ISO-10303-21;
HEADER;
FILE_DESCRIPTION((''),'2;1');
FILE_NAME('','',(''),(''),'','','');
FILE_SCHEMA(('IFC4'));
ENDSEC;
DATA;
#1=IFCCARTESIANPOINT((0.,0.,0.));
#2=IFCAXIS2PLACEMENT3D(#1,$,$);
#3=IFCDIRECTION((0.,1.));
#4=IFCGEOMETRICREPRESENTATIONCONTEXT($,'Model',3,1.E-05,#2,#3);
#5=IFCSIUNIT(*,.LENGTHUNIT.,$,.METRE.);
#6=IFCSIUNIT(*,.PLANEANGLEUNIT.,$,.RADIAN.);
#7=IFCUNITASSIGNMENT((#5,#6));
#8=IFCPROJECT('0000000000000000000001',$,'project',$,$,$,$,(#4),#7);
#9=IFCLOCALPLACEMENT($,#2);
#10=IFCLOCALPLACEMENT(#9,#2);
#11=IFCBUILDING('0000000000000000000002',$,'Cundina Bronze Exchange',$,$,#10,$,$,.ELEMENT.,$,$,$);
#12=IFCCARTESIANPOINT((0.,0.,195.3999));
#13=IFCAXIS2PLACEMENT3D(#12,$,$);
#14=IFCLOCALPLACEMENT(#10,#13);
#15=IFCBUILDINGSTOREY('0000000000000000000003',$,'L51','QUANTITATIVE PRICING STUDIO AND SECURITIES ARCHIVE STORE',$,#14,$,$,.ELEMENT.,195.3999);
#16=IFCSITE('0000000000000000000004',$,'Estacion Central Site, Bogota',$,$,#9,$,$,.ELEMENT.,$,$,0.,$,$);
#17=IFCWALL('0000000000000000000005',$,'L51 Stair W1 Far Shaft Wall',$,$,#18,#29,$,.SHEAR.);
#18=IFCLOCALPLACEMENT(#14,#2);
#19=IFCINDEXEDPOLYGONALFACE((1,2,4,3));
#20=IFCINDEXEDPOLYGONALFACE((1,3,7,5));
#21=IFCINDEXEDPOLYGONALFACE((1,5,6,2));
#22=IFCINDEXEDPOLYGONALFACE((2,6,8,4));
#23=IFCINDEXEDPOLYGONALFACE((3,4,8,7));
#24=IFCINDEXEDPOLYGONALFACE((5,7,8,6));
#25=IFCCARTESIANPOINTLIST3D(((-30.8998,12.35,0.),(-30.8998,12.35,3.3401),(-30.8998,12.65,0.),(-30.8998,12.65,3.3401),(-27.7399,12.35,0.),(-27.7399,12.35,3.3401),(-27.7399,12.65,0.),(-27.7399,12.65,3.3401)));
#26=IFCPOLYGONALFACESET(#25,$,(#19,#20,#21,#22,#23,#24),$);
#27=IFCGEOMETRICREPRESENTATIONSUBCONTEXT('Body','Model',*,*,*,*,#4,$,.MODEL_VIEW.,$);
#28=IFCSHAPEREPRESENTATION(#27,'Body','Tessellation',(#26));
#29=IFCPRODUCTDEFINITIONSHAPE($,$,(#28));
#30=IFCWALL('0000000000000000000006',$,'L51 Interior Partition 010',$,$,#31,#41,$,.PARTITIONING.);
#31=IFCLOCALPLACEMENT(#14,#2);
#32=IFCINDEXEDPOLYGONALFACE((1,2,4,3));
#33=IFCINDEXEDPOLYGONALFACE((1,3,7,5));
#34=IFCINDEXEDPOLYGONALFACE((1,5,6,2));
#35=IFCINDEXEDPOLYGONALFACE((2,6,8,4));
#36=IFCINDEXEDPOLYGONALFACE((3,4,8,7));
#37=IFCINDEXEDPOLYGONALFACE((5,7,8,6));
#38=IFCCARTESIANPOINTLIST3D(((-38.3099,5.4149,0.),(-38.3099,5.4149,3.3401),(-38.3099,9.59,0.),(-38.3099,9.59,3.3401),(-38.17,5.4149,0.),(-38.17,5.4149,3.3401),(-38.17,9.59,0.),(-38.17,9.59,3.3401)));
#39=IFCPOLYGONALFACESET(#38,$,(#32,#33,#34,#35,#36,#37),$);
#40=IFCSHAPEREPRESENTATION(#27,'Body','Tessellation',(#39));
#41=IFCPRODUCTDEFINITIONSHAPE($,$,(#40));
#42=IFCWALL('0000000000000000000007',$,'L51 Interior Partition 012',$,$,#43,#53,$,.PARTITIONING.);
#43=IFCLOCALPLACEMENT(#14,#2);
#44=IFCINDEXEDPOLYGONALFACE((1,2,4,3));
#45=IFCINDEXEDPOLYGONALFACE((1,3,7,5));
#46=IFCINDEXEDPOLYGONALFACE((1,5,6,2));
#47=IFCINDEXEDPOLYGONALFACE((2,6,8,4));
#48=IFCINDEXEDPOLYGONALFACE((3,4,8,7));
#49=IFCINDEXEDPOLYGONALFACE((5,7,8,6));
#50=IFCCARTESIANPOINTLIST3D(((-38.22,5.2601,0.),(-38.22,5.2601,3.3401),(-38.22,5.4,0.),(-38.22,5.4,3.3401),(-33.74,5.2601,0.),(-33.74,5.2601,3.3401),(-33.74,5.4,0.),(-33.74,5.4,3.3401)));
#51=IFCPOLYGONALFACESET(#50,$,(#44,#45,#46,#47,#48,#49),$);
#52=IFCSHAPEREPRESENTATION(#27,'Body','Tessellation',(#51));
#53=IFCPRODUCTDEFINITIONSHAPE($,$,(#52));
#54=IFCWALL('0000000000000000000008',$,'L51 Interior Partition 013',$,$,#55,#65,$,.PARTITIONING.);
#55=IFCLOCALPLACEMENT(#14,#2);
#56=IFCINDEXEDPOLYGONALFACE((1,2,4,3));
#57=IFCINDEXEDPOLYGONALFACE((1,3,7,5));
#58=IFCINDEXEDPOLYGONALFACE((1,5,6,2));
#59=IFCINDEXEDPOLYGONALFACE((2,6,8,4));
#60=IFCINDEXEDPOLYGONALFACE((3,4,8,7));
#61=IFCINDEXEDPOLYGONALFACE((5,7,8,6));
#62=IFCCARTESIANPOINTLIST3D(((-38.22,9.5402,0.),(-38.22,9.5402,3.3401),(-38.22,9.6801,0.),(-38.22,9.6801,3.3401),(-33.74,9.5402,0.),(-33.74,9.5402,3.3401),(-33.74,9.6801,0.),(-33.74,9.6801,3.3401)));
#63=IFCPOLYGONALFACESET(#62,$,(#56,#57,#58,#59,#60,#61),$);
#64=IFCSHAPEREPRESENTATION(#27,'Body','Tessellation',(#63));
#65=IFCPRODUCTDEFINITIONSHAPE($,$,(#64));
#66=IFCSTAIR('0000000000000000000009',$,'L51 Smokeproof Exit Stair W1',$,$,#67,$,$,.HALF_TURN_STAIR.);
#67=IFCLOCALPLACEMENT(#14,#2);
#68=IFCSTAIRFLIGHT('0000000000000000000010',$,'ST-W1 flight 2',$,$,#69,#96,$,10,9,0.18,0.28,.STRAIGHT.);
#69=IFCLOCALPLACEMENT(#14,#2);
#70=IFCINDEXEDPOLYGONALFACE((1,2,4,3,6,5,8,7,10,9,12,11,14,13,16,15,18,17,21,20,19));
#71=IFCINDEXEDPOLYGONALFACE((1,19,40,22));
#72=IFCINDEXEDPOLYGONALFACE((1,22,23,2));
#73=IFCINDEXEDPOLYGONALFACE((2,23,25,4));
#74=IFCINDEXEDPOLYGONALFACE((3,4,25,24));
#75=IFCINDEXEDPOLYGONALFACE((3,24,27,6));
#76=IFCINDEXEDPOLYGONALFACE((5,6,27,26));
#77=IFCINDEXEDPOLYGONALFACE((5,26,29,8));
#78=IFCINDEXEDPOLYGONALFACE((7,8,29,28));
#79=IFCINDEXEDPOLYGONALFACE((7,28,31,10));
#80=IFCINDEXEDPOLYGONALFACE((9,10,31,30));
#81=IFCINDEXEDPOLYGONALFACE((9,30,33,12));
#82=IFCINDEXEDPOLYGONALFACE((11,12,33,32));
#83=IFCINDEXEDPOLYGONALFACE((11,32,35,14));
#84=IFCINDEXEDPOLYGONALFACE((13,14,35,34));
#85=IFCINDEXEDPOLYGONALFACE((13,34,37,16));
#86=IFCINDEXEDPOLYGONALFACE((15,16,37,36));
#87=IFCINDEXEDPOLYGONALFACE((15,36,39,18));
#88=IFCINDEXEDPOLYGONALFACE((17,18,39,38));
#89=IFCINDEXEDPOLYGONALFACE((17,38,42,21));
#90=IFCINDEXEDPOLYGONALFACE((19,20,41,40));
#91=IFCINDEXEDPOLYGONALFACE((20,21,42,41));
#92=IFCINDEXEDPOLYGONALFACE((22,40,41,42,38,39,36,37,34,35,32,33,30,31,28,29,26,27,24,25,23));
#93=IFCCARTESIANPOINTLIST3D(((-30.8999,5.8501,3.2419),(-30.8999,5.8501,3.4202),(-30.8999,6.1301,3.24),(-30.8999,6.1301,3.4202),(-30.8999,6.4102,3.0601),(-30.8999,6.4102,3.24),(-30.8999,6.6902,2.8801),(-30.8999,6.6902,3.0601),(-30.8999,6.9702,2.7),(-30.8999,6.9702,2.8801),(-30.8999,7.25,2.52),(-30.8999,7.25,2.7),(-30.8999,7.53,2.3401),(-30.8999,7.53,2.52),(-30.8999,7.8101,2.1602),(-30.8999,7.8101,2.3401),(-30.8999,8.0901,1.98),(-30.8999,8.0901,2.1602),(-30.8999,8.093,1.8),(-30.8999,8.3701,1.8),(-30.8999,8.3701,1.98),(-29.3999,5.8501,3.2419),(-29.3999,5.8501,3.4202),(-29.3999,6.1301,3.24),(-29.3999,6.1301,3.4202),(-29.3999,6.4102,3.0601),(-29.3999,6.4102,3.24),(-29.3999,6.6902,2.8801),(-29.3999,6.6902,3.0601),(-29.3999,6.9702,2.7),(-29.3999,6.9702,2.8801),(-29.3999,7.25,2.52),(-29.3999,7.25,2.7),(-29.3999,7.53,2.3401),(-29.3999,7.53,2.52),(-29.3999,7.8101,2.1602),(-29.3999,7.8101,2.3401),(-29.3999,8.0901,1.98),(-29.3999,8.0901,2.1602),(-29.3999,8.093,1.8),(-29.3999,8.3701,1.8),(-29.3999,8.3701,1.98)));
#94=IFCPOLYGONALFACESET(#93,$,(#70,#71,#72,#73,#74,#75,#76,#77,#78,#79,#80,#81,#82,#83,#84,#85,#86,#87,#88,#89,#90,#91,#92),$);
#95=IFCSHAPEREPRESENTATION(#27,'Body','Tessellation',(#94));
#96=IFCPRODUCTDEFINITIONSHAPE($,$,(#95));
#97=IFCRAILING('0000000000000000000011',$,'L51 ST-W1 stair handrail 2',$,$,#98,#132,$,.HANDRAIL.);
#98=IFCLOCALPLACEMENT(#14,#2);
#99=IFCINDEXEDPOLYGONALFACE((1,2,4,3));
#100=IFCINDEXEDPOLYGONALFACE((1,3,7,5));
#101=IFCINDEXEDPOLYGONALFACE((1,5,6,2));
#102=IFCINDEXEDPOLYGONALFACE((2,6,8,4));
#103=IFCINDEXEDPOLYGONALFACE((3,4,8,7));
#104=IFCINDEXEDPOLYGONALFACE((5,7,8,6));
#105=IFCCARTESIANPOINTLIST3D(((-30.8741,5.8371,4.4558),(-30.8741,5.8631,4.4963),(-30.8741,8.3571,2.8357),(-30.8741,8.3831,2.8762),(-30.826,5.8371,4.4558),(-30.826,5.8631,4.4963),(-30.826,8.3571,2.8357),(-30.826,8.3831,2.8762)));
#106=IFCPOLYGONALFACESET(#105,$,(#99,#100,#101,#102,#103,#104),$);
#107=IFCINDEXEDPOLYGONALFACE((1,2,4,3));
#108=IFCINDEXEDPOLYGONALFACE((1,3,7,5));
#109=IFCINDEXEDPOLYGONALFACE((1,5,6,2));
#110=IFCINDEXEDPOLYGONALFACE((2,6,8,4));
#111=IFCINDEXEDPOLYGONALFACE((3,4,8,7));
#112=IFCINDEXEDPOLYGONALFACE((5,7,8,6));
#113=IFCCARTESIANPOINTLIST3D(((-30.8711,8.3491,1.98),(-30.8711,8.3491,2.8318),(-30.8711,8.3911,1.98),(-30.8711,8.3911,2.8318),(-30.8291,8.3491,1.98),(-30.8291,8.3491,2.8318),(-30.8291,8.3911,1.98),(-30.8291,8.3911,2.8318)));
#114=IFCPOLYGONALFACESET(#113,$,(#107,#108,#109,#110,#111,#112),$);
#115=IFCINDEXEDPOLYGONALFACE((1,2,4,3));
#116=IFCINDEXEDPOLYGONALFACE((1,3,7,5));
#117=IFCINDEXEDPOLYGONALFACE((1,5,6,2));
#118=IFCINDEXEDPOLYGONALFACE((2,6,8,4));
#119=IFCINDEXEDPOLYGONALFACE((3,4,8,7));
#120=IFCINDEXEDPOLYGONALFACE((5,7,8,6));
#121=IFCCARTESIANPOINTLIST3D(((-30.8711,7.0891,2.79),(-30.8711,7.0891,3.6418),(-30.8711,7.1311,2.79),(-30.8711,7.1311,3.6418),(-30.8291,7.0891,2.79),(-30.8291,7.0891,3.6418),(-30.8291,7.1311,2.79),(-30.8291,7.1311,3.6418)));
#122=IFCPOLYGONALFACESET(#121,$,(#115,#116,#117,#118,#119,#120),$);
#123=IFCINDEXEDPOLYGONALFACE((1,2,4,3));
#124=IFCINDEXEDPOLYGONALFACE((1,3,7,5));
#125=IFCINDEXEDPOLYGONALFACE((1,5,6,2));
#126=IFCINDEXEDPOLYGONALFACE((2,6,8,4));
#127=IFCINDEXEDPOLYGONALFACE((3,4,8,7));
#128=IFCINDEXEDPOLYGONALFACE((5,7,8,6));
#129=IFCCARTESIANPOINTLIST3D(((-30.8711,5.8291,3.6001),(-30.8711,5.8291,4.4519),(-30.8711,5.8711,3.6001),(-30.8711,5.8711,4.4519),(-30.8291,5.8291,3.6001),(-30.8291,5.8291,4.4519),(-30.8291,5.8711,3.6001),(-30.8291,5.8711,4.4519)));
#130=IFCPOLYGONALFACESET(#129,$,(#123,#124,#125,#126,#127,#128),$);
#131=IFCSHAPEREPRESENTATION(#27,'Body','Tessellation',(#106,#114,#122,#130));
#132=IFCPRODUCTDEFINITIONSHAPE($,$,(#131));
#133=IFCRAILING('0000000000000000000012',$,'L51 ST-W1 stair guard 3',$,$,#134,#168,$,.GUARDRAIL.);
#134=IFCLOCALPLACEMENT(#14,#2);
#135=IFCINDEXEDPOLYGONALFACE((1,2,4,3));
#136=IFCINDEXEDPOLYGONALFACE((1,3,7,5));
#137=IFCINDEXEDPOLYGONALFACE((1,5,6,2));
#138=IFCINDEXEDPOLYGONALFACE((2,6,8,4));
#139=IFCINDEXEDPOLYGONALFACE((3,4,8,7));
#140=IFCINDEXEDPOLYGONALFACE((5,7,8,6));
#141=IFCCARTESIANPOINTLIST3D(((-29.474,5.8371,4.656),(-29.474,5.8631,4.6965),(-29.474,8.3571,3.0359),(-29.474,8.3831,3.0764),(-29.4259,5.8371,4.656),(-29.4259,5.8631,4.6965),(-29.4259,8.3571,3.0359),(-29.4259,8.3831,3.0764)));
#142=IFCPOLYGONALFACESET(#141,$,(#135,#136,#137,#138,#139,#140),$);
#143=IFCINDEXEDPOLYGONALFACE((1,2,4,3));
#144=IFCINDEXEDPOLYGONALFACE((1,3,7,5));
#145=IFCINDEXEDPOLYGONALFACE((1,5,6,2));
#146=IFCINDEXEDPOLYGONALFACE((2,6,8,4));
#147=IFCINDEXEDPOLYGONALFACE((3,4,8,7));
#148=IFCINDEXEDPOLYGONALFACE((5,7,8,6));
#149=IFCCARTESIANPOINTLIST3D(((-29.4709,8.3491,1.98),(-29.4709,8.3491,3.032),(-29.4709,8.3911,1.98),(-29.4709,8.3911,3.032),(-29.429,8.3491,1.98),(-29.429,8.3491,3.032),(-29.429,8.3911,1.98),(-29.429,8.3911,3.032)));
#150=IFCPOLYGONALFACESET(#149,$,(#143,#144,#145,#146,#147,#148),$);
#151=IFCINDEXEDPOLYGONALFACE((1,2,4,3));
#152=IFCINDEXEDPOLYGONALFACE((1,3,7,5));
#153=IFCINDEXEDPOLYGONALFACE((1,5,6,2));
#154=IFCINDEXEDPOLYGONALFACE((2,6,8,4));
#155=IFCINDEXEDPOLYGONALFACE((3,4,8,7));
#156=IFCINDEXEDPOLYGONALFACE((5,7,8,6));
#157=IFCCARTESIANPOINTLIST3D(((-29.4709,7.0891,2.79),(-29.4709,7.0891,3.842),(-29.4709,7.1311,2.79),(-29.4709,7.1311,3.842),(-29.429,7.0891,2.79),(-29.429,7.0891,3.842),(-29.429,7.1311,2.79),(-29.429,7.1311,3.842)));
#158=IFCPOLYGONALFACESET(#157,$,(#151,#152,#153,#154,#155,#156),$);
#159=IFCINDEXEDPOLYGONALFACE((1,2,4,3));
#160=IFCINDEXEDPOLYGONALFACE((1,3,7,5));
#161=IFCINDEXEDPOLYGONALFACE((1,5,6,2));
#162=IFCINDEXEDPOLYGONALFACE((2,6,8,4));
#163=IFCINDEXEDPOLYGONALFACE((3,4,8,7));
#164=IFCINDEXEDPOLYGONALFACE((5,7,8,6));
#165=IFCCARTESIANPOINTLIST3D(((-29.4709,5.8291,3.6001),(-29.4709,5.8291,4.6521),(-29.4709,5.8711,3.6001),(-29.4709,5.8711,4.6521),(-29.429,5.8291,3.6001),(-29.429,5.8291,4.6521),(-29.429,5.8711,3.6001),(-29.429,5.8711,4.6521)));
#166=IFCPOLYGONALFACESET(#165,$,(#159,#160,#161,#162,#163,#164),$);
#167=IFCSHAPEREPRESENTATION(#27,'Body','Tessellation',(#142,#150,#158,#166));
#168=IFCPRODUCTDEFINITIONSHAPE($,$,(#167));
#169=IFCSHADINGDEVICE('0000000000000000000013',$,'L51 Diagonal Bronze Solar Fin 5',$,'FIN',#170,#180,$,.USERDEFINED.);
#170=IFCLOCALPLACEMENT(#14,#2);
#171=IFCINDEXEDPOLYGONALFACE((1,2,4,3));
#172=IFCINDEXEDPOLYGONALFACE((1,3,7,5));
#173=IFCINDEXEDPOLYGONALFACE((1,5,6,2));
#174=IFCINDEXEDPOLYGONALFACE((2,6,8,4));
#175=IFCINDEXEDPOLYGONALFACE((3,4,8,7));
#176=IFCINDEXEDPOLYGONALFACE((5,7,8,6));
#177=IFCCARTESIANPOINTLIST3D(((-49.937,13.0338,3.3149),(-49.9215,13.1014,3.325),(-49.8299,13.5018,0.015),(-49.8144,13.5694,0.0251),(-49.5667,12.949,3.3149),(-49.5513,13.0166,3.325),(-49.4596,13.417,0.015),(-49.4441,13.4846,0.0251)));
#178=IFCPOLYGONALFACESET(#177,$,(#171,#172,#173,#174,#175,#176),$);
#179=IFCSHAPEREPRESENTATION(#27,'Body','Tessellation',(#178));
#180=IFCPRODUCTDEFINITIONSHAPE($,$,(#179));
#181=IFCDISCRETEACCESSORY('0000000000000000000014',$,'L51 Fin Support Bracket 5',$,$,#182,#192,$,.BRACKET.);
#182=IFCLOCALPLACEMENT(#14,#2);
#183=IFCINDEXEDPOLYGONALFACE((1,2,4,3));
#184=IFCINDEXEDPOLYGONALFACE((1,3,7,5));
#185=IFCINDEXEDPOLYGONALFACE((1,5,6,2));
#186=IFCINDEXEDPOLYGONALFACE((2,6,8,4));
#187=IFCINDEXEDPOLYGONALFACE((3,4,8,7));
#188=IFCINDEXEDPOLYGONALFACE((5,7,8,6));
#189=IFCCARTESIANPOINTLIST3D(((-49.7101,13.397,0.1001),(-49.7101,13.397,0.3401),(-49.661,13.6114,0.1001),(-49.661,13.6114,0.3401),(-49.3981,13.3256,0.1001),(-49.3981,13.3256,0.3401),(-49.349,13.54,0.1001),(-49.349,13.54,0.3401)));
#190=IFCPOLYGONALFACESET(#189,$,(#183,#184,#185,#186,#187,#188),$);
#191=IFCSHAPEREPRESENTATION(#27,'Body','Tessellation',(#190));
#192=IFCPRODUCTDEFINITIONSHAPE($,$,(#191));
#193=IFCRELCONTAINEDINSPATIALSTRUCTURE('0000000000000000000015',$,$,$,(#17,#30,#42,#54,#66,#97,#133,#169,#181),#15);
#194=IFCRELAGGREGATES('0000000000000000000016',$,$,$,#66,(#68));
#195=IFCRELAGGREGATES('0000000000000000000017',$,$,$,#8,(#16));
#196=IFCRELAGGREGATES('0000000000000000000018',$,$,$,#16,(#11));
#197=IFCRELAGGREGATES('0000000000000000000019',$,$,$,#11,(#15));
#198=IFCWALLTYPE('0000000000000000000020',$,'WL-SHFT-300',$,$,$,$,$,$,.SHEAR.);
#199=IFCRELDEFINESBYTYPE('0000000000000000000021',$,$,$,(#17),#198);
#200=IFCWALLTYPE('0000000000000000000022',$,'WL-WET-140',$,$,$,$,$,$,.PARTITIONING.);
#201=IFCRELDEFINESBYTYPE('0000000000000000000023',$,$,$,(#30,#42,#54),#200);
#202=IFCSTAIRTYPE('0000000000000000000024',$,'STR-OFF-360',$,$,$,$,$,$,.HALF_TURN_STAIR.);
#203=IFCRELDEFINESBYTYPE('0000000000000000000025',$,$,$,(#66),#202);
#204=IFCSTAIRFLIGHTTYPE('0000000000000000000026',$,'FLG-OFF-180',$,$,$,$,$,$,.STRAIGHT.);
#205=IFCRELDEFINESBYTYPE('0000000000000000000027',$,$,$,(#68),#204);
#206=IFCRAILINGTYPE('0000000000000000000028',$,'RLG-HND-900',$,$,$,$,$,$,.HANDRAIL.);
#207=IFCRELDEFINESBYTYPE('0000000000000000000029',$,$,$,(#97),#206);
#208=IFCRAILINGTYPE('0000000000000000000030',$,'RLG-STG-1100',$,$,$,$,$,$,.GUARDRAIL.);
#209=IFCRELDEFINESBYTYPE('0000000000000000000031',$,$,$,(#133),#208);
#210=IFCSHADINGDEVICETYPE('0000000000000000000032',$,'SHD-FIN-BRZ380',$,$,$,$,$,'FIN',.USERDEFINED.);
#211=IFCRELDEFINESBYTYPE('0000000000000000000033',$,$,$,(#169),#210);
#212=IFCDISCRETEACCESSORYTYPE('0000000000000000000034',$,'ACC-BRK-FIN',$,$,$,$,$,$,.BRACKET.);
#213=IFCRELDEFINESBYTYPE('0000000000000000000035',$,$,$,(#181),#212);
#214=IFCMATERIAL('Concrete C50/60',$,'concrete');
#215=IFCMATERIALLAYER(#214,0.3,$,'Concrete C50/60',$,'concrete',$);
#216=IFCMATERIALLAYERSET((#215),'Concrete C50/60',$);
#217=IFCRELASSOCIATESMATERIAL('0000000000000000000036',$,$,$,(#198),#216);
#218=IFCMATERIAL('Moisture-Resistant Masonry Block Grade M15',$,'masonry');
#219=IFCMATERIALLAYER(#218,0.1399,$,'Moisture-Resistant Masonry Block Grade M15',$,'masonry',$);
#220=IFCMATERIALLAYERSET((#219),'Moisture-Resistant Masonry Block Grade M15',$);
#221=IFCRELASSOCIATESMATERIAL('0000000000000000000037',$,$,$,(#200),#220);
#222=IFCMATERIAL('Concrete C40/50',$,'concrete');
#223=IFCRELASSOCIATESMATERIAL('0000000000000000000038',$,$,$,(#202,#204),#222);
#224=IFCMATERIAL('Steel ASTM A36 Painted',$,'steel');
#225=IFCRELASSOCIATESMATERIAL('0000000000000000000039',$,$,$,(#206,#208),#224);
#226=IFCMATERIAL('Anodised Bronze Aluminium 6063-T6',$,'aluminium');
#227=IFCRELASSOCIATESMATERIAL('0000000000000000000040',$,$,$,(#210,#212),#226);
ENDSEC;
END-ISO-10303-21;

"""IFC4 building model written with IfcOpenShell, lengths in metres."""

from ifc_helpers import new_model, si_unit, direction, frame, frame_2d, origin, origin_2d, place, context, subcontext, project, spatial, polyline, rectangle, outline, extrude, material, layer, layer_set, material_profile, profile_set, type_object, element, aggregate, save


model = new_model("IFC4")

# Units and contexts
model_context = context("Model", 3, precision=1e-05, world=origin(), true_north=direction((0.0, 1.0)))
body_context = subcontext(model_context, "Body", "Model", "MODEL_VIEW")
ifc_project = project(units=[si_unit("LENGTHUNIT", "METRE"), si_unit("PLANEANGLEUNIT", "RADIAN")], contexts=[model_context])

# Site, building, storey
site_placement = place(None, origin())
site = spatial("IfcSite", under=ifc_project, at=site_placement, Name="Estacion Central Site, Bogota", CompositionType="ELEMENT", RefElevation=0.0)
building_placement = place(site_placement, origin())
building = spatial("IfcBuilding", under=site, at=building_placement, Name="Cundina Bronze Exchange", CompositionType="ELEMENT")
storey_placement = place(building_placement, frame((0.0, 0.0, 195.3999)))
storey = spatial("IfcBuildingStorey", under=building, at=storey_placement, Name="L51", Description="QUANTITATIVE PRICING STUDIO AND SECURITIES ARCHIVE STORE", CompositionType="ELEMENT", Elevation=195.3999)

# Shared definitions
ifc_material_1 = material(Name="Concrete C50/60", Category="concrete")

# Shared definitions
ifc_material_2 = material(Name="Anodised Bronze Aluminium 6063-T6", Category="aluminium")

# Shared definitions
ifc_layer_1 = layer(ifc_material_1, 0.3, Name="Concrete C50/60", Category="concrete")
ifc_layer_set_1 = layer_set([ifc_layer_1], Name="Concrete C50/60")
wall_type_1 = type_object("IfcWallType", Name="WL-SHFT-300", PredefinedType="SHEAR", material=ifc_layer_set_1)
ifc_material_3 = material(Name="Steel ASTM A36 Painted", Category="steel")

# Walls
wall_1_placement = place(storey_placement, frame((-30.8999, 12.5, 0.0), z_axis=(0.0, 0.0, 1.0), x_axis=(1.0, 0.0, 0.0)))
element("IfcWall", 1, at=wall_1_placement, inside=storey, type_object=wall_type_1, Name="L51 Stair W1 Far Shaft Wall", PredefinedType="SHEAR", context=body_context, shape_type="SweptSolid", body=[
    extrude(rectangle(XDim=3.1599, YDim=0.3, at=frame_2d((1.5801, 0.0))), origin(), (0.0, 0.0, 1.0), 3.3401),
])
ifc_material_4 = material(Name="Moisture-Resistant Masonry Block Grade M15", Category="masonry")
ifc_layer_2 = layer(ifc_material_4, 0.1399, Name="Moisture-Resistant Masonry Block Grade M15", Category="masonry")
ifc_layer_set_2 = layer_set([ifc_layer_2], Name="Moisture-Resistant Masonry Block Grade M15")
wall_type_2 = type_object("IfcWallType", Name="WL-WET-140", PredefinedType="PARTITIONING", material=ifc_layer_set_2)
wall_2_placement = place(storey_placement, frame((-38.24, 5.415, 0.0), z_axis=(0.0, 0.0, 1.0), x_axis=(0.0, 1.0, 0.0)))
element("IfcWall", 2, at=wall_2_placement, inside=storey, type_object=wall_type_2, Name="L51 Interior Partition 010", PredefinedType="PARTITIONING", context=body_context, shape_type="SweptSolid", body=[
    extrude(rectangle(XDim=4.175, YDim=0.1399, at=frame_2d((2.0874, 0.0))), origin(), (0.0, 0.0, 1.0), 3.3401),
])
for number, where, z_axis, x_axis, name in (
    (3, (-38.22, 5.3301, 0.0), (0.0, 0.0, 1.0), (1.0, 0.0, 0.0), "L51 Interior Partition 012"),
    (4, (-38.22, 9.6101, 0.0), (0.0, 0.0, 1.0), (1.0, 0.0, 0.0), "L51 Interior Partition 013"),
):
    element("IfcWall", number, at=place(storey_placement, frame(where, z_axis=z_axis, x_axis=x_axis)), inside=storey, type_object=wall_type_2, Name=name, PredefinedType="PARTITIONING", context=body_context, shape_type="SweptSolid", body=[
        extrude(rectangle(XDim=4.48, YDim=0.1399, at=frame_2d((2.24, 0.0))), origin(), (0.0, 0.0, 1.0), 3.3401),
    ])

# Stair, stair flight
ifc_material_5 = material(Name="Concrete C40/50", Category="concrete")
stair_type = type_object("IfcStairType", Name="STR-OFF-360", PredefinedType="HALF_TURN_STAIR", material=ifc_material_5)
stair_placement = place(storey_placement, origin())
stair = element("IfcStair", 5, at=stair_placement, inside=storey, type_object=stair_type, Name="L51 Smokeproof Exit Stair W1", PredefinedType="HALF_TURN_STAIR")
stair_flight_type = type_object("IfcStairFlightType", Name="FLG-OFF-180", PredefinedType="STRAIGHT", material=ifc_material_5)
stair_flight_placement = place(storey_placement, frame((-30.1499, 8.3701, 1.8), z_axis=(0.0, 0.0, 1.0), x_axis=(0.0, -1.0, 0.0)))
stair_flight = element("IfcStairFlight", 6, at=stair_flight_placement, type_object=stair_flight_type, Name="ST-W1 flight 2", NumberOfRisers=10, NumberOfTreads=9, PredefinedType="STRAIGHT", RiserHeight=0.18, TreadLength=0.28, context=body_context, shape_type="SweptSolid", body=[
    extrude(outline(polyline([(0.0, 0.0), (0.0, 0.1799), (0.28, 0.1799), (0.28, 0.3601), (0.5601, 0.3601), (0.5601, 0.54), (0.8401, 0.54), (0.8401, 0.72), (1.1201, 0.72), (1.1201, 0.8999), (1.3999, 0.8999), (1.3999, 1.0801), (1.6799, 1.0801), (1.6799, 1.26), (1.96, 1.26), (1.96, 1.4399), (2.24, 1.4399), (2.24, 1.6201), (2.52, 1.6201), (2.52, 1.8), (2.52, 1.4419), (0.2771, 0.0), (0.0, 0.0)])), frame((0.0, 0.75, 0.0), z_axis=(0.0, -1.0, 0.0), x_axis=(1.0, 0.0, 0.0)), (0.0, 0.0, 1.0), 1.5),
])
aggregate(stair, [stair_flight])

# Railings
railing_type_1 = type_object("IfcRailingType", Name="RLG-HND-900", PredefinedType="HANDRAIL", material=ifc_material_3)
railing_1_placement = place(storey_placement, frame((-30.8501, 8.3701, 1.98)))
element("IfcRailing", 7, at=railing_1_placement, inside=storey, type_object=railing_type_1, Name="L51 ST-W1 stair handrail 2", PredefinedType="HANDRAIL", context=body_context, shape_type="SweptSolid", body=[
    extrude(rectangle(XDim=0.0481, YDim=0.0481, at=origin_2d()), frame((0.0, 0.0, 0.876), z_axis=(0.0, -0.841163, 0.540782), x_axis=(1.0, 0.0, 0.0)), (0.0, 0.0, 1.0), 2.9958),
    extrude(rectangle(XDim=0.042, YDim=0.042, at=origin_2d()), origin(), (0.0, 0.0, 1.0), 0.8518),
    extrude(rectangle(XDim=0.042, YDim=0.042, at=origin_2d()), frame((0.0, -1.26, 0.8101)), (0.0, 0.0, 1.0), 0.8518),
    extrude(rectangle(XDim=0.042, YDim=0.042, at=origin_2d()), frame((0.0, -2.52, 1.6201)), (0.0, 0.0, 1.0), 0.8518),
])
railing_type_2 = type_object("IfcRailingType", Name="RLG-STG-1100", PredefinedType="GUARDRAIL", material=ifc_material_3)
railing_2_placement = place(storey_placement, frame((-29.45, 8.3701, 1.98)))
element("IfcRailing", 8, at=railing_2_placement, inside=storey, type_object=railing_type_2, Name="L51 ST-W1 stair guard 3", PredefinedType="GUARDRAIL", context=body_context, shape_type="SweptSolid", body=[
    extrude(rectangle(XDim=0.0481, YDim=0.0481, at=origin_2d()), frame((0.0, 0.0, 1.0762), z_axis=(0.0, -0.841163, 0.540782), x_axis=(1.0, 0.0, 0.0)), (0.0, 0.0, 1.0), 2.9958),
    extrude(rectangle(XDim=0.042, YDim=0.042, at=origin_2d()), origin(), (0.0, 0.0, 1.0), 1.052),
    extrude(rectangle(XDim=0.042, YDim=0.042, at=origin_2d()), frame((0.0, -1.26, 0.8101)), (0.0, 0.0, 1.0), 1.052),
    extrude(rectangle(XDim=0.042, YDim=0.042, at=origin_2d()), frame((0.0, -2.52, 1.6201)), (0.0, 0.0, 1.0), 1.052),
])

# Shading device
ifc_material_profile_1 = material_profile(ifc_material_2, rectangle(XDim=0.0701, YDim=0.3799, at=origin_2d()), Name="FIN70X380", Category="aluminium")
ifc_profile_set_1 = profile_set([ifc_material_profile_1], Name="Anodised Bronze Aluminium 6063-T6")
shading_device_type = type_object("IfcShadingDeviceType", Name="SHD-FIN-BRZ380", ElementType="FIN", PredefinedType="USERDEFINED", material=ifc_profile_set_1)
shading_device_placement = place(storey_placement, frame((-49.637, 13.4932, 0.02), z_axis=(-0.032139, -0.140344, 0.989581), x_axis=(0.220899, 0.964611, 0.143977)))
element("IfcShadingDevice", 9, at=shading_device_placement, inside=storey, type_object=shading_device_type, Name="L51 Diagonal Bronze Solar Fin 5", ObjectType="FIN", PredefinedType="USERDEFINED", context=body_context, shape_type="SweptSolid", body=[
    extrude(rectangle(XDim=0.0701, YDim=0.3799, at=origin_2d()), origin(), (0.0, 0.0, 1.0), 3.3347),
])

# Discrete accessory
discrete_accessory_type = type_object("IfcDiscreteAccessoryType", Name="ACC-BRK-FIN", PredefinedType="BRACKET", material=ifc_material_2)
discrete_accessory_placement = place(storey_placement, frame((-49.5295, 13.4685, 0.1001), z_axis=(0.0, 0.0, 1.0), x_axis=(-0.223284, -0.974753, 0.0)))
element("IfcDiscreteAccessory", 10, at=discrete_accessory_placement, inside=storey, type_object=discrete_accessory_type, Name="L51 Fin Support Bracket 5", PredefinedType="BRACKET", context=body_context, shape_type="SweptSolid", body=[
    extrude(rectangle(XDim=0.22, YDim=0.3201, at=origin_2d()), origin(), (0.0, 0.0, 1.0), 0.24),
])

save(model, "model.ifc")
